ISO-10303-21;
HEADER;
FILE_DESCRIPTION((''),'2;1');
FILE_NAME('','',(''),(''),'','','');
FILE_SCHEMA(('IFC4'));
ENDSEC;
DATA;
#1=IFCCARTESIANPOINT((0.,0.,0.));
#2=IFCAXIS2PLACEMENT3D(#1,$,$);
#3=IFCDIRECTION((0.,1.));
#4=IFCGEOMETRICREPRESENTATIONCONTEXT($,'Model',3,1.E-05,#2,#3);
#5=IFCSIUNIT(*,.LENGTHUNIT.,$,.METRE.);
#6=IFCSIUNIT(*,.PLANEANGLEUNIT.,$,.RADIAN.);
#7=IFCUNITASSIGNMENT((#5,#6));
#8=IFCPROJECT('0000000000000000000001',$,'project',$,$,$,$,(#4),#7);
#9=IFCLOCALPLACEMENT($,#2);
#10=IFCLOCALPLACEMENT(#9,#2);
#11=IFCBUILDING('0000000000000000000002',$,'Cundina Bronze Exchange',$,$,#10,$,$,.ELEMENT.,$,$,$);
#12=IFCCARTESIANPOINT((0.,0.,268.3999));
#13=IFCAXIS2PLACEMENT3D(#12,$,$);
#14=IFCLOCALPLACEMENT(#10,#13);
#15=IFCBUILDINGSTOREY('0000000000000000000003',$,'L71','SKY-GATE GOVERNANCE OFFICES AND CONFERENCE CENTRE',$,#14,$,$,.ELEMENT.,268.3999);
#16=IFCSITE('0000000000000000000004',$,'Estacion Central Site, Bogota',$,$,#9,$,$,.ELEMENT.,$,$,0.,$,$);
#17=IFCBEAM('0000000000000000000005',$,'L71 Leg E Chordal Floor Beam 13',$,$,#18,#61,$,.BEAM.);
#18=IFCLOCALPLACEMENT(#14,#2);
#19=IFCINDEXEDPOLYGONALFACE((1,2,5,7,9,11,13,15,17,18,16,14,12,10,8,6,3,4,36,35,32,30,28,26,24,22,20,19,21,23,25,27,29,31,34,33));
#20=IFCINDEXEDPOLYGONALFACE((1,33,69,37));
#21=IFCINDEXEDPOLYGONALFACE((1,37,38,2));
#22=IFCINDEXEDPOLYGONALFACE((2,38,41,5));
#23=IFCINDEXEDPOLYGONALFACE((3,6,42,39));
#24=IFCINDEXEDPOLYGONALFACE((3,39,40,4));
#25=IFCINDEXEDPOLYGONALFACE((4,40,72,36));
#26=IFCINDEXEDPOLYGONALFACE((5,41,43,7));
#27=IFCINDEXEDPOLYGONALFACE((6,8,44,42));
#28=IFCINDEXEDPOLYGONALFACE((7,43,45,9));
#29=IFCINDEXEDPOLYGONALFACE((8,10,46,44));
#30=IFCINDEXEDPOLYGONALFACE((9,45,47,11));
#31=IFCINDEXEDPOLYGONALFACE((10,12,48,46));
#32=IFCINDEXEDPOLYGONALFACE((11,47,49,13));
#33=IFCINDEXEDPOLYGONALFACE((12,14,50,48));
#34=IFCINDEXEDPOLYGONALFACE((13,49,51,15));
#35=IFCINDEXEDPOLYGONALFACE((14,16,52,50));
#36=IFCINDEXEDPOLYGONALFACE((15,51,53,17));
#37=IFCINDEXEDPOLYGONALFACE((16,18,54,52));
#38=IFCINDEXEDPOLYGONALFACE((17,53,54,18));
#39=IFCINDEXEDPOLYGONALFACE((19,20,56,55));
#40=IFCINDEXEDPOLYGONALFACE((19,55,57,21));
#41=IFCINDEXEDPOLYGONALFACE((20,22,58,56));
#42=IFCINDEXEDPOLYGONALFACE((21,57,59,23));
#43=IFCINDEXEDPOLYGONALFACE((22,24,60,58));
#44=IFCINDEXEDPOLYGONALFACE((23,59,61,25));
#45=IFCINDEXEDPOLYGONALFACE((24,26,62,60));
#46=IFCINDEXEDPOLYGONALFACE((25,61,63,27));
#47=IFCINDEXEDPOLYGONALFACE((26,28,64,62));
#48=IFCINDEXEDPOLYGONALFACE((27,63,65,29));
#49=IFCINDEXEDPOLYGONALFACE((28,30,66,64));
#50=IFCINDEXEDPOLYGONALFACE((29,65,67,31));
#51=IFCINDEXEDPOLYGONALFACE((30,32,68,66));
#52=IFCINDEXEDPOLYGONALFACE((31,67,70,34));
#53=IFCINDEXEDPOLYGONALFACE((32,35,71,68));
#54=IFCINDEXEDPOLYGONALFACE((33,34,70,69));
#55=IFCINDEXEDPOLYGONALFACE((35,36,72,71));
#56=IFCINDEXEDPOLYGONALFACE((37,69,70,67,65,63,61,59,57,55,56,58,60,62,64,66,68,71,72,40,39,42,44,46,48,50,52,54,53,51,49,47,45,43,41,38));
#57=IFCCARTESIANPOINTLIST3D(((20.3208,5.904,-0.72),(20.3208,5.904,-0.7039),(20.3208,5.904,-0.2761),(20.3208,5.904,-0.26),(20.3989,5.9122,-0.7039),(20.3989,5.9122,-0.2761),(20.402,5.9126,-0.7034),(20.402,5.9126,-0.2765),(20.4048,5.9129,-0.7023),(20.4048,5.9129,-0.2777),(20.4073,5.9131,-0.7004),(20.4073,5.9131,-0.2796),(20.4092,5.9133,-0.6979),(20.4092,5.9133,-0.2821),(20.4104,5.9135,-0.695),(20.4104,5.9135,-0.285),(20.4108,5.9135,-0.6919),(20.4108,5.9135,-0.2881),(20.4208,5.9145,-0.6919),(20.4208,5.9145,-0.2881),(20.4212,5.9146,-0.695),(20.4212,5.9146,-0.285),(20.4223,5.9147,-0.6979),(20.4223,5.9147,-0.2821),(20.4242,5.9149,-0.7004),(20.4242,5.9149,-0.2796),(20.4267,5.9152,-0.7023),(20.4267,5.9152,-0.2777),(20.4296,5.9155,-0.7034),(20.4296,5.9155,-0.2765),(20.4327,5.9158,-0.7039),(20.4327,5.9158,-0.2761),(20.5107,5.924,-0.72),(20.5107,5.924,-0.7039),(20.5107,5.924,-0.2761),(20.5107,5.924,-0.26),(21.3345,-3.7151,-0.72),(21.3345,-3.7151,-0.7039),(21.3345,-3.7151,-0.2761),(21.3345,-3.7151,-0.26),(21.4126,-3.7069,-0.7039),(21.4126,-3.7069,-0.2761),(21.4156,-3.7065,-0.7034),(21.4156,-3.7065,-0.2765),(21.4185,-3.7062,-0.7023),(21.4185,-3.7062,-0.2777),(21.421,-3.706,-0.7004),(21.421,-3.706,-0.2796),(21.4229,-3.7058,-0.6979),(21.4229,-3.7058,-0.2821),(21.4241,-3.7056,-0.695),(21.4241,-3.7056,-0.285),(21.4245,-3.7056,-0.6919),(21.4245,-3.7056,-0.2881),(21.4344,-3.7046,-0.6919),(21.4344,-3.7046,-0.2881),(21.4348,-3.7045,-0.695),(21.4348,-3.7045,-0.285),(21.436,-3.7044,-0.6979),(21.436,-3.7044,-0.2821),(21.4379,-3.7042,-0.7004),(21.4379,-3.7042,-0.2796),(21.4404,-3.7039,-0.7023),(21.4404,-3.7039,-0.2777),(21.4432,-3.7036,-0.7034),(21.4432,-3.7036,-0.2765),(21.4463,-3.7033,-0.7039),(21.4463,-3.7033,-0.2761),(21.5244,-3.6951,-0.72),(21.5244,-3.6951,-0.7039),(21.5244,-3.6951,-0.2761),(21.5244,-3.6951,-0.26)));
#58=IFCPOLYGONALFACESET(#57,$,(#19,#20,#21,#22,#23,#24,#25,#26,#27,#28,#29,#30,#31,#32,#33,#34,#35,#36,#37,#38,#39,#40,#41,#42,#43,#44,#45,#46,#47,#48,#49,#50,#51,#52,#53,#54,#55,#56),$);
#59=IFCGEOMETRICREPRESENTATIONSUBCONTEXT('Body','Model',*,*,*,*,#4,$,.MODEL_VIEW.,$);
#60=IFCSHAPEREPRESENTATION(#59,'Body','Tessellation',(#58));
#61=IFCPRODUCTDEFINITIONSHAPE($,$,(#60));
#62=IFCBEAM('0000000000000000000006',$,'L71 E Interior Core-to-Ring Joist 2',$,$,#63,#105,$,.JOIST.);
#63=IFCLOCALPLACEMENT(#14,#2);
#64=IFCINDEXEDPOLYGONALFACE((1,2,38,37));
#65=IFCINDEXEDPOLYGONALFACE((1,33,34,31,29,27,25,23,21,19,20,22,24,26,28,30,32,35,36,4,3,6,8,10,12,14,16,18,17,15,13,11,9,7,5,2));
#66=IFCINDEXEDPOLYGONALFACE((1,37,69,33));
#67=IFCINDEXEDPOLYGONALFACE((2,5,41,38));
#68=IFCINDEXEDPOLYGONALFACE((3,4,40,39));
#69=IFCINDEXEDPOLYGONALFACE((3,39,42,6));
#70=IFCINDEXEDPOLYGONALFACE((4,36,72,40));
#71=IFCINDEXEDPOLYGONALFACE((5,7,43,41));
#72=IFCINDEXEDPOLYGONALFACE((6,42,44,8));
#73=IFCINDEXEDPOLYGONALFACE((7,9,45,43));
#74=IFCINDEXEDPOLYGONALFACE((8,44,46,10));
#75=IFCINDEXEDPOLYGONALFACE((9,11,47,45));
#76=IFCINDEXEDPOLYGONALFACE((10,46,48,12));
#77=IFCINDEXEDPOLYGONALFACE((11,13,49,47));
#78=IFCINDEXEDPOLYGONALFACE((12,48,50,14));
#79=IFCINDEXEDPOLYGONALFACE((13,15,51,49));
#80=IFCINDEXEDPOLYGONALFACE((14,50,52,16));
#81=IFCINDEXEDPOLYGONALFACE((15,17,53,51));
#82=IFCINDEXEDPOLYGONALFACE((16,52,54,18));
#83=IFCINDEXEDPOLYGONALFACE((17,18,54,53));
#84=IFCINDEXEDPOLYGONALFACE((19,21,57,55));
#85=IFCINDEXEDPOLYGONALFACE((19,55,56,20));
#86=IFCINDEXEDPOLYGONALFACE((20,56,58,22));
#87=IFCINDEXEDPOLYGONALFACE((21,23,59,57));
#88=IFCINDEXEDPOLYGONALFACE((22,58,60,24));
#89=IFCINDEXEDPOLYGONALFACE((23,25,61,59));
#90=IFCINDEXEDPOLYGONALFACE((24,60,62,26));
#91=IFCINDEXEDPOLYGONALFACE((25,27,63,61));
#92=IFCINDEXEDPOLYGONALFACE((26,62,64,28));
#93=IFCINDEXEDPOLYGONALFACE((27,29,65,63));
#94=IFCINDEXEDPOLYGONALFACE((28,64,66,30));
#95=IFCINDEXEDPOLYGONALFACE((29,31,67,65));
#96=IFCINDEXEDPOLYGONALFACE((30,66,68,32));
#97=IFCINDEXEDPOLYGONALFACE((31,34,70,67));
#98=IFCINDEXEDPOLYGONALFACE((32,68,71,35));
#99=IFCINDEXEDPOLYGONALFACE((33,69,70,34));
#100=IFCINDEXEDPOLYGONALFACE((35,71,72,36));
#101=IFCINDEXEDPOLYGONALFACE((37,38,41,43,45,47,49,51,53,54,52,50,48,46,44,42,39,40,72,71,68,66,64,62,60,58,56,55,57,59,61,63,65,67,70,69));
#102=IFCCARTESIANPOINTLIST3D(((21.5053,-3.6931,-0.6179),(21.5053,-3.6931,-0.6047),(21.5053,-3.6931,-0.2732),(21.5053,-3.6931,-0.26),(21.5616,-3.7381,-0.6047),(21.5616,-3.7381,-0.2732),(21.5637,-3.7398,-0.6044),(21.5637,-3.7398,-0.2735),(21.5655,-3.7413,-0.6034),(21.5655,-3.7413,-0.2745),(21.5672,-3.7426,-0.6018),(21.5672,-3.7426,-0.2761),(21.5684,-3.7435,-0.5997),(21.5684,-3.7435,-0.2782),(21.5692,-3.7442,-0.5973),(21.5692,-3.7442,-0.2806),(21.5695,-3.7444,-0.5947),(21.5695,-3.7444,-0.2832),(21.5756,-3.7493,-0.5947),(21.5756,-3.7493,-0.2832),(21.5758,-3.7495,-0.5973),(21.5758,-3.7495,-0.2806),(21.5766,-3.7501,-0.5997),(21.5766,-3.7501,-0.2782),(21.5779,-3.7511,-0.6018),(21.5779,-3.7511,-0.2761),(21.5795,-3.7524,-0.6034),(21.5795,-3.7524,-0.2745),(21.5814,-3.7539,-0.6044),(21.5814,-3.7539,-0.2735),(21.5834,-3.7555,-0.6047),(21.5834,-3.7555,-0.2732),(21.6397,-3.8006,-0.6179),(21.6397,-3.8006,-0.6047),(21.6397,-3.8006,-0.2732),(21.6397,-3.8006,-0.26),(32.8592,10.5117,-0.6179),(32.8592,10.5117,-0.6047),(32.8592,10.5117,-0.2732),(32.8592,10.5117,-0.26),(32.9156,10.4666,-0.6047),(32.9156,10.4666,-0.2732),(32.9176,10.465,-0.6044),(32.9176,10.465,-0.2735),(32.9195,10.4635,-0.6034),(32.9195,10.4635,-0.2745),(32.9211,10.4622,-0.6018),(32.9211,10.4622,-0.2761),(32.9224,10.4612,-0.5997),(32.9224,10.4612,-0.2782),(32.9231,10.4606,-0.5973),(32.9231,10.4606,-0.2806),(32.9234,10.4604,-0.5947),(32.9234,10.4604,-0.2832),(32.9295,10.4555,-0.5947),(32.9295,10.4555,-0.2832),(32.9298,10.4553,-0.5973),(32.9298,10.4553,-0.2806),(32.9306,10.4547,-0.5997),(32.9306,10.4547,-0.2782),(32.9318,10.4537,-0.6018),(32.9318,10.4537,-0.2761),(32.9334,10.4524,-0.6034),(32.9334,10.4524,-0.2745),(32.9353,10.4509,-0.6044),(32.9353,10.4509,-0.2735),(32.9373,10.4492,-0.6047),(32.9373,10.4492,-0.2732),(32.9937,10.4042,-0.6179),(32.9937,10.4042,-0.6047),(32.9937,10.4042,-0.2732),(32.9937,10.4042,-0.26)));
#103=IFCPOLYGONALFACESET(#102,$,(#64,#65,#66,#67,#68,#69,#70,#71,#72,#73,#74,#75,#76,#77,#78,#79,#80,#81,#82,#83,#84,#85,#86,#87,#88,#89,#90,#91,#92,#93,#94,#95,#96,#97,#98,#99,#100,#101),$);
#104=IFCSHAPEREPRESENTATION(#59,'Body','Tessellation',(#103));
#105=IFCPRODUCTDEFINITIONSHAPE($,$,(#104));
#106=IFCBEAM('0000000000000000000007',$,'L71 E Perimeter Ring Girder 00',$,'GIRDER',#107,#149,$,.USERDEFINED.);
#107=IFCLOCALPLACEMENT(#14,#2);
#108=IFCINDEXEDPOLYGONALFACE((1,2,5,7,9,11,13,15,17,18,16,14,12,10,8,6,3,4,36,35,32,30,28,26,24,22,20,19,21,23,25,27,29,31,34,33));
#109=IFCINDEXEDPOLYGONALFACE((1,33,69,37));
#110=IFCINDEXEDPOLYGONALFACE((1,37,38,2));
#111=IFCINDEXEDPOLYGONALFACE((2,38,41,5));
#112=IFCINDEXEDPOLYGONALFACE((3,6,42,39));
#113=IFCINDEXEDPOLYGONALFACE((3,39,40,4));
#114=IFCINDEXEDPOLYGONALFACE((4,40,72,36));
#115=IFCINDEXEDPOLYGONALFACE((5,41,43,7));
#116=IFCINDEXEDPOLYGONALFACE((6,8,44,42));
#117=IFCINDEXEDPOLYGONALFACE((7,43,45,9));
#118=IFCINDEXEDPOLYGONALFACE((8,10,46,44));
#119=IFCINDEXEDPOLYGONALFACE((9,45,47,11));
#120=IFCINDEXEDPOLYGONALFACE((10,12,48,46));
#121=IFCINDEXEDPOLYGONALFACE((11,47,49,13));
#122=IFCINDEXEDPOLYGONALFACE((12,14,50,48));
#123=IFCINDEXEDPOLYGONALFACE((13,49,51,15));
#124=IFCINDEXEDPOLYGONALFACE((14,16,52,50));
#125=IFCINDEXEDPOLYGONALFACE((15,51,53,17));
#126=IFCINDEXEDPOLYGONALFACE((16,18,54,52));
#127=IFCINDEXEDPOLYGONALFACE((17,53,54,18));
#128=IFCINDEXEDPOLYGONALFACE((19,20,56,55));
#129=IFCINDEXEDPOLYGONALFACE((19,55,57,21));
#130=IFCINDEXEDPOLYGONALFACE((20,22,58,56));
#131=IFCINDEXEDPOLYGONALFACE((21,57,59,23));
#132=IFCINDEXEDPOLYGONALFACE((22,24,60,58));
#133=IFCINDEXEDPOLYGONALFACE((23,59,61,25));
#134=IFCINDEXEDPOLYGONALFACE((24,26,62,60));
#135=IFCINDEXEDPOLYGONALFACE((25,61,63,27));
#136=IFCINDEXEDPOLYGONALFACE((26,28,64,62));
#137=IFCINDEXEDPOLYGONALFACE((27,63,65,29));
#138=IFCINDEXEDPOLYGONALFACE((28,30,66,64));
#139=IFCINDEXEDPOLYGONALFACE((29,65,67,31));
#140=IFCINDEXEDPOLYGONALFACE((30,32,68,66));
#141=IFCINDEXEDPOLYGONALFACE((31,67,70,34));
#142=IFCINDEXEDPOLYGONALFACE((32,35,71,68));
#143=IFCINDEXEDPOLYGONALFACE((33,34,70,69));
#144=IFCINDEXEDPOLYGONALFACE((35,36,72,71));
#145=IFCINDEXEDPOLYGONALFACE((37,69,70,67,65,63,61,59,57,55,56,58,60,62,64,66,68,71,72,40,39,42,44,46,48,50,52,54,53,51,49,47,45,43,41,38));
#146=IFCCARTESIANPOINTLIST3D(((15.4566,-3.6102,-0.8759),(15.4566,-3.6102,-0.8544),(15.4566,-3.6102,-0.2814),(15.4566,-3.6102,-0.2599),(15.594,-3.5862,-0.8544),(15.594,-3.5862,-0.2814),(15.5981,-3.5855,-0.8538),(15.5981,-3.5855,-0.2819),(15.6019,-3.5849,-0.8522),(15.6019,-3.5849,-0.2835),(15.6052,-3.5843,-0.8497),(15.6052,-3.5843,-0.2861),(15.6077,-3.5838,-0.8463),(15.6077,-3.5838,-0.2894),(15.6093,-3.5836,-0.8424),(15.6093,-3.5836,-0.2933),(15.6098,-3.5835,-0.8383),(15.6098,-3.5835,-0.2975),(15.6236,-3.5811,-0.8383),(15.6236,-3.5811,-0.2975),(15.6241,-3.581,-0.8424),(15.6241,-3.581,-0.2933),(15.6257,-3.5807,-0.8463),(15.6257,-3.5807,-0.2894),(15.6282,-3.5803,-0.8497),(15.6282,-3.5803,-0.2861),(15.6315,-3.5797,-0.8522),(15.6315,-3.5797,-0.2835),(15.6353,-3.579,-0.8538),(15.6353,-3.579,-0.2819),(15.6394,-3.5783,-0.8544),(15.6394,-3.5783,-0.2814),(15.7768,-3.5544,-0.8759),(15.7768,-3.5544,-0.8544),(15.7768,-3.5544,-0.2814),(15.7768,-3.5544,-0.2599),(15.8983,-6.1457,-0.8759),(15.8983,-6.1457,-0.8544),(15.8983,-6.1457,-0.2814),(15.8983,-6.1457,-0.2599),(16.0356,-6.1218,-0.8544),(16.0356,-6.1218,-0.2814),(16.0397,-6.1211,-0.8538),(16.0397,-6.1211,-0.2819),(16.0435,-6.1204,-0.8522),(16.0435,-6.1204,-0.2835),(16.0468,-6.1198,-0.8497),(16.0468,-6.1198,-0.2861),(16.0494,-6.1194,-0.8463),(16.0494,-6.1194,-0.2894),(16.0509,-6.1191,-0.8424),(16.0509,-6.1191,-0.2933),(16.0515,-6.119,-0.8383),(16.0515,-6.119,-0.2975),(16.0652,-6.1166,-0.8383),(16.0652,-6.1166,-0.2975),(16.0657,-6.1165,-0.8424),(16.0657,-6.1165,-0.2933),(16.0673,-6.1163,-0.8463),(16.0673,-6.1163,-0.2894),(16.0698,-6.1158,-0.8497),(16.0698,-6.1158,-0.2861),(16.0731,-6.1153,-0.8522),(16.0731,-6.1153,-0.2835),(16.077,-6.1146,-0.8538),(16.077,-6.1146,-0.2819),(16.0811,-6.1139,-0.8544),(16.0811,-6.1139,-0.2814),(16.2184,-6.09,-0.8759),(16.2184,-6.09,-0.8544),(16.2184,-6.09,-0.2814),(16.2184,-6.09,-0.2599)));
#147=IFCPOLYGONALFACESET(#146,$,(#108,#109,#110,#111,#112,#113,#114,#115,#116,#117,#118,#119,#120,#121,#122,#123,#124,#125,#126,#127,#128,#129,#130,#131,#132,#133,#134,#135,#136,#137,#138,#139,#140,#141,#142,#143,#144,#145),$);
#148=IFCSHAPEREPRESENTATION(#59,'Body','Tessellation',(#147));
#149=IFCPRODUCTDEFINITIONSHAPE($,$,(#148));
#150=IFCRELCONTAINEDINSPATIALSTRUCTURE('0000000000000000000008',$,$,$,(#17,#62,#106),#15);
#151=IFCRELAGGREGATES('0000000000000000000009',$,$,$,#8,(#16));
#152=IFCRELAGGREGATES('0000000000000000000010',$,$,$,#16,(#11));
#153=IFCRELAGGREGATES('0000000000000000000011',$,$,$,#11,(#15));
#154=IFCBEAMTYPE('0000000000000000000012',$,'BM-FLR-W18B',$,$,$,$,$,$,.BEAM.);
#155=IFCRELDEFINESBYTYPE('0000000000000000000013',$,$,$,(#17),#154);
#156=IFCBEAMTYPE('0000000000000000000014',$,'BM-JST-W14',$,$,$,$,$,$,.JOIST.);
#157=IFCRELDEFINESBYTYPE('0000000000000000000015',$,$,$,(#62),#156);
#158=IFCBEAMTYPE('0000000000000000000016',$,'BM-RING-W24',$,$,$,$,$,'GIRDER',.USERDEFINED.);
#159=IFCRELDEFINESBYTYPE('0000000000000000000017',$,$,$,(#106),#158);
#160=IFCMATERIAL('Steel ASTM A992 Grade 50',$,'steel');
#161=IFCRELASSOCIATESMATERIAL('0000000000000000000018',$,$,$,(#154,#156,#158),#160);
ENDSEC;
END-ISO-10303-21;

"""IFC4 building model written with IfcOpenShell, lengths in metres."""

from ifc_helpers import new_model, si_unit, direction, frame, origin, origin_2d, place, context, subcontext, project, spatial, i_section, extrude, material, material_profile, profile_set, type_object, element, save


model = new_model("IFC4")

# Units and contexts
model_context = context("Model", 3, precision=1e-05, world=origin(), true_north=direction((0.0, 1.0)))
body_context = subcontext(model_context, "Body", "Model", "MODEL_VIEW")
ifc_project = project(units=[si_unit("LENGTHUNIT", "METRE"), si_unit("PLANEANGLEUNIT", "RADIAN")], contexts=[model_context])

# Site, building, storey
site_placement = place(None, origin())
site = spatial("IfcSite", under=ifc_project, at=site_placement, Name="Estacion Central Site, Bogota", CompositionType="ELEMENT", RefElevation=0.0)
building_placement = place(site_placement, origin())
building = spatial("IfcBuilding", under=site, at=building_placement, Name="Cundina Bronze Exchange", CompositionType="ELEMENT")
storey_placement = place(building_placement, frame((0.0, 0.0, 268.3999)))
storey = spatial("IfcBuildingStorey", under=building, at=storey_placement, Name="L71", Description="SKY-GATE GOVERNANCE OFFICES AND CONFERENCE CENTRE", CompositionType="ELEMENT", Elevation=268.3999)

# Shared definitions
ifc_material_1 = material(Name="Steel ASTM A992 Grade 50", Category="steel")

# Beams
ifc_material_profile_1 = material_profile(ifc_material_1, i_section(OverallWidth=0.1909, OverallDepth=0.46, WebThickness=0.01, FlangeThickness=0.0161, FilletRadius=0.012, at=origin_2d()), Name="W18X55", Category="steel")
ifc_profile_set_1 = profile_set([ifc_material_profile_1], Name="Steel ASTM A992 Grade 50")
beam_type_1 = type_object("IfcBeamType", Name="BM-FLR-W18B", PredefinedType="BEAM", material=ifc_profile_set_1)
beam_1_placement = place(storey_placement, frame((21.4294, -3.7051, -0.49), z_axis=(-0.1048, 0.994493, 0.0), x_axis=(-0.994493, -0.1048, 0.0)))
element("IfcBeam", 1, at=beam_1_placement, inside=storey, type_object=beam_type_1, Name="L71 Leg E Chordal Floor Beam 13", PredefinedType="BEAM", context=body_context, shape_type="SweptSolid", body=[
    extrude(i_section(OverallWidth=0.1909, OverallDepth=0.46, WebThickness=0.01, FlangeThickness=0.0161, FilletRadius=0.012, at=origin_2d()), origin(), (0.0, 0.0, 1.0), 9.6724),
])
ifc_material_profile_2 = material_profile(ifc_material_1, i_section(OverallWidth=0.1721, OverallDepth=0.3579, WebThickness=0.0078, FlangeThickness=0.0132, FilletRadius=0.01, at=origin_2d()), Name="W14X38", Category="steel")
ifc_profile_set_2 = profile_set([ifc_material_profile_2], Name="Steel ASTM A992 Grade 50")
beam_type_2 = type_object("IfcBeamType", Name="BM-JST-W14", PredefinedType="JOIST", material=ifc_profile_set_2)
beam_2_placement = place(storey_placement, frame((21.5725, -3.7468, -0.439), z_axis=(0.624364, 0.781133, 0.0), x_axis=(-0.781133, 0.624364, 0.0)))
element("IfcBeam", 2, at=beam_2_placement, inside=storey, type_object=beam_type_2, Name="L71 E Interior Core-to-Ring Joist 2", PredefinedType="JOIST", context=body_context, shape_type="SweptSolid", body=[
    extrude(i_section(OverallWidth=0.1721, OverallDepth=0.3579, WebThickness=0.0078, FlangeThickness=0.0132, FilletRadius=0.01, at=origin_2d()), origin(), (0.0, 0.0, 1.0), 18.1848),
])
ifc_material_profile_3 = material_profile(ifc_material_1, i_section(OverallWidth=0.325, OverallDepth=0.616, WebThickness=0.0139, FlangeThickness=0.0215, FilletRadius=0.0161, at=origin_2d()), Name="W24X117", Category="steel")
ifc_profile_set_3 = profile_set([ifc_material_profile_3], Name="Steel ASTM A992 Grade 50")
beam_type_3 = type_object("IfcBeamType", Name="BM-RING-W24", ElementType="GIRDER", PredefinedType="USERDEFINED", material=ifc_profile_set_3)
beam_3_placement = place(storey_placement, frame((15.6167, -3.5823, -0.5679), z_axis=(0.171593, -0.985168, 0.0), x_axis=(0.985168, 0.171593, 0.0)))
element("IfcBeam", 3, at=beam_3_placement, inside=storey, type_object=beam_type_3, Name="L71 E Perimeter Ring Girder 00", ObjectType="GIRDER", PredefinedType="USERDEFINED", context=body_context, shape_type="SweptSolid", body=[
    extrude(i_section(OverallWidth=0.325, OverallDepth=0.616, WebThickness=0.0139, FlangeThickness=0.0215, FilletRadius=0.0161, at=origin_2d()), origin(), (0.0, 0.0, 1.0), 2.5737),
])

save(model, "model.ifc")
